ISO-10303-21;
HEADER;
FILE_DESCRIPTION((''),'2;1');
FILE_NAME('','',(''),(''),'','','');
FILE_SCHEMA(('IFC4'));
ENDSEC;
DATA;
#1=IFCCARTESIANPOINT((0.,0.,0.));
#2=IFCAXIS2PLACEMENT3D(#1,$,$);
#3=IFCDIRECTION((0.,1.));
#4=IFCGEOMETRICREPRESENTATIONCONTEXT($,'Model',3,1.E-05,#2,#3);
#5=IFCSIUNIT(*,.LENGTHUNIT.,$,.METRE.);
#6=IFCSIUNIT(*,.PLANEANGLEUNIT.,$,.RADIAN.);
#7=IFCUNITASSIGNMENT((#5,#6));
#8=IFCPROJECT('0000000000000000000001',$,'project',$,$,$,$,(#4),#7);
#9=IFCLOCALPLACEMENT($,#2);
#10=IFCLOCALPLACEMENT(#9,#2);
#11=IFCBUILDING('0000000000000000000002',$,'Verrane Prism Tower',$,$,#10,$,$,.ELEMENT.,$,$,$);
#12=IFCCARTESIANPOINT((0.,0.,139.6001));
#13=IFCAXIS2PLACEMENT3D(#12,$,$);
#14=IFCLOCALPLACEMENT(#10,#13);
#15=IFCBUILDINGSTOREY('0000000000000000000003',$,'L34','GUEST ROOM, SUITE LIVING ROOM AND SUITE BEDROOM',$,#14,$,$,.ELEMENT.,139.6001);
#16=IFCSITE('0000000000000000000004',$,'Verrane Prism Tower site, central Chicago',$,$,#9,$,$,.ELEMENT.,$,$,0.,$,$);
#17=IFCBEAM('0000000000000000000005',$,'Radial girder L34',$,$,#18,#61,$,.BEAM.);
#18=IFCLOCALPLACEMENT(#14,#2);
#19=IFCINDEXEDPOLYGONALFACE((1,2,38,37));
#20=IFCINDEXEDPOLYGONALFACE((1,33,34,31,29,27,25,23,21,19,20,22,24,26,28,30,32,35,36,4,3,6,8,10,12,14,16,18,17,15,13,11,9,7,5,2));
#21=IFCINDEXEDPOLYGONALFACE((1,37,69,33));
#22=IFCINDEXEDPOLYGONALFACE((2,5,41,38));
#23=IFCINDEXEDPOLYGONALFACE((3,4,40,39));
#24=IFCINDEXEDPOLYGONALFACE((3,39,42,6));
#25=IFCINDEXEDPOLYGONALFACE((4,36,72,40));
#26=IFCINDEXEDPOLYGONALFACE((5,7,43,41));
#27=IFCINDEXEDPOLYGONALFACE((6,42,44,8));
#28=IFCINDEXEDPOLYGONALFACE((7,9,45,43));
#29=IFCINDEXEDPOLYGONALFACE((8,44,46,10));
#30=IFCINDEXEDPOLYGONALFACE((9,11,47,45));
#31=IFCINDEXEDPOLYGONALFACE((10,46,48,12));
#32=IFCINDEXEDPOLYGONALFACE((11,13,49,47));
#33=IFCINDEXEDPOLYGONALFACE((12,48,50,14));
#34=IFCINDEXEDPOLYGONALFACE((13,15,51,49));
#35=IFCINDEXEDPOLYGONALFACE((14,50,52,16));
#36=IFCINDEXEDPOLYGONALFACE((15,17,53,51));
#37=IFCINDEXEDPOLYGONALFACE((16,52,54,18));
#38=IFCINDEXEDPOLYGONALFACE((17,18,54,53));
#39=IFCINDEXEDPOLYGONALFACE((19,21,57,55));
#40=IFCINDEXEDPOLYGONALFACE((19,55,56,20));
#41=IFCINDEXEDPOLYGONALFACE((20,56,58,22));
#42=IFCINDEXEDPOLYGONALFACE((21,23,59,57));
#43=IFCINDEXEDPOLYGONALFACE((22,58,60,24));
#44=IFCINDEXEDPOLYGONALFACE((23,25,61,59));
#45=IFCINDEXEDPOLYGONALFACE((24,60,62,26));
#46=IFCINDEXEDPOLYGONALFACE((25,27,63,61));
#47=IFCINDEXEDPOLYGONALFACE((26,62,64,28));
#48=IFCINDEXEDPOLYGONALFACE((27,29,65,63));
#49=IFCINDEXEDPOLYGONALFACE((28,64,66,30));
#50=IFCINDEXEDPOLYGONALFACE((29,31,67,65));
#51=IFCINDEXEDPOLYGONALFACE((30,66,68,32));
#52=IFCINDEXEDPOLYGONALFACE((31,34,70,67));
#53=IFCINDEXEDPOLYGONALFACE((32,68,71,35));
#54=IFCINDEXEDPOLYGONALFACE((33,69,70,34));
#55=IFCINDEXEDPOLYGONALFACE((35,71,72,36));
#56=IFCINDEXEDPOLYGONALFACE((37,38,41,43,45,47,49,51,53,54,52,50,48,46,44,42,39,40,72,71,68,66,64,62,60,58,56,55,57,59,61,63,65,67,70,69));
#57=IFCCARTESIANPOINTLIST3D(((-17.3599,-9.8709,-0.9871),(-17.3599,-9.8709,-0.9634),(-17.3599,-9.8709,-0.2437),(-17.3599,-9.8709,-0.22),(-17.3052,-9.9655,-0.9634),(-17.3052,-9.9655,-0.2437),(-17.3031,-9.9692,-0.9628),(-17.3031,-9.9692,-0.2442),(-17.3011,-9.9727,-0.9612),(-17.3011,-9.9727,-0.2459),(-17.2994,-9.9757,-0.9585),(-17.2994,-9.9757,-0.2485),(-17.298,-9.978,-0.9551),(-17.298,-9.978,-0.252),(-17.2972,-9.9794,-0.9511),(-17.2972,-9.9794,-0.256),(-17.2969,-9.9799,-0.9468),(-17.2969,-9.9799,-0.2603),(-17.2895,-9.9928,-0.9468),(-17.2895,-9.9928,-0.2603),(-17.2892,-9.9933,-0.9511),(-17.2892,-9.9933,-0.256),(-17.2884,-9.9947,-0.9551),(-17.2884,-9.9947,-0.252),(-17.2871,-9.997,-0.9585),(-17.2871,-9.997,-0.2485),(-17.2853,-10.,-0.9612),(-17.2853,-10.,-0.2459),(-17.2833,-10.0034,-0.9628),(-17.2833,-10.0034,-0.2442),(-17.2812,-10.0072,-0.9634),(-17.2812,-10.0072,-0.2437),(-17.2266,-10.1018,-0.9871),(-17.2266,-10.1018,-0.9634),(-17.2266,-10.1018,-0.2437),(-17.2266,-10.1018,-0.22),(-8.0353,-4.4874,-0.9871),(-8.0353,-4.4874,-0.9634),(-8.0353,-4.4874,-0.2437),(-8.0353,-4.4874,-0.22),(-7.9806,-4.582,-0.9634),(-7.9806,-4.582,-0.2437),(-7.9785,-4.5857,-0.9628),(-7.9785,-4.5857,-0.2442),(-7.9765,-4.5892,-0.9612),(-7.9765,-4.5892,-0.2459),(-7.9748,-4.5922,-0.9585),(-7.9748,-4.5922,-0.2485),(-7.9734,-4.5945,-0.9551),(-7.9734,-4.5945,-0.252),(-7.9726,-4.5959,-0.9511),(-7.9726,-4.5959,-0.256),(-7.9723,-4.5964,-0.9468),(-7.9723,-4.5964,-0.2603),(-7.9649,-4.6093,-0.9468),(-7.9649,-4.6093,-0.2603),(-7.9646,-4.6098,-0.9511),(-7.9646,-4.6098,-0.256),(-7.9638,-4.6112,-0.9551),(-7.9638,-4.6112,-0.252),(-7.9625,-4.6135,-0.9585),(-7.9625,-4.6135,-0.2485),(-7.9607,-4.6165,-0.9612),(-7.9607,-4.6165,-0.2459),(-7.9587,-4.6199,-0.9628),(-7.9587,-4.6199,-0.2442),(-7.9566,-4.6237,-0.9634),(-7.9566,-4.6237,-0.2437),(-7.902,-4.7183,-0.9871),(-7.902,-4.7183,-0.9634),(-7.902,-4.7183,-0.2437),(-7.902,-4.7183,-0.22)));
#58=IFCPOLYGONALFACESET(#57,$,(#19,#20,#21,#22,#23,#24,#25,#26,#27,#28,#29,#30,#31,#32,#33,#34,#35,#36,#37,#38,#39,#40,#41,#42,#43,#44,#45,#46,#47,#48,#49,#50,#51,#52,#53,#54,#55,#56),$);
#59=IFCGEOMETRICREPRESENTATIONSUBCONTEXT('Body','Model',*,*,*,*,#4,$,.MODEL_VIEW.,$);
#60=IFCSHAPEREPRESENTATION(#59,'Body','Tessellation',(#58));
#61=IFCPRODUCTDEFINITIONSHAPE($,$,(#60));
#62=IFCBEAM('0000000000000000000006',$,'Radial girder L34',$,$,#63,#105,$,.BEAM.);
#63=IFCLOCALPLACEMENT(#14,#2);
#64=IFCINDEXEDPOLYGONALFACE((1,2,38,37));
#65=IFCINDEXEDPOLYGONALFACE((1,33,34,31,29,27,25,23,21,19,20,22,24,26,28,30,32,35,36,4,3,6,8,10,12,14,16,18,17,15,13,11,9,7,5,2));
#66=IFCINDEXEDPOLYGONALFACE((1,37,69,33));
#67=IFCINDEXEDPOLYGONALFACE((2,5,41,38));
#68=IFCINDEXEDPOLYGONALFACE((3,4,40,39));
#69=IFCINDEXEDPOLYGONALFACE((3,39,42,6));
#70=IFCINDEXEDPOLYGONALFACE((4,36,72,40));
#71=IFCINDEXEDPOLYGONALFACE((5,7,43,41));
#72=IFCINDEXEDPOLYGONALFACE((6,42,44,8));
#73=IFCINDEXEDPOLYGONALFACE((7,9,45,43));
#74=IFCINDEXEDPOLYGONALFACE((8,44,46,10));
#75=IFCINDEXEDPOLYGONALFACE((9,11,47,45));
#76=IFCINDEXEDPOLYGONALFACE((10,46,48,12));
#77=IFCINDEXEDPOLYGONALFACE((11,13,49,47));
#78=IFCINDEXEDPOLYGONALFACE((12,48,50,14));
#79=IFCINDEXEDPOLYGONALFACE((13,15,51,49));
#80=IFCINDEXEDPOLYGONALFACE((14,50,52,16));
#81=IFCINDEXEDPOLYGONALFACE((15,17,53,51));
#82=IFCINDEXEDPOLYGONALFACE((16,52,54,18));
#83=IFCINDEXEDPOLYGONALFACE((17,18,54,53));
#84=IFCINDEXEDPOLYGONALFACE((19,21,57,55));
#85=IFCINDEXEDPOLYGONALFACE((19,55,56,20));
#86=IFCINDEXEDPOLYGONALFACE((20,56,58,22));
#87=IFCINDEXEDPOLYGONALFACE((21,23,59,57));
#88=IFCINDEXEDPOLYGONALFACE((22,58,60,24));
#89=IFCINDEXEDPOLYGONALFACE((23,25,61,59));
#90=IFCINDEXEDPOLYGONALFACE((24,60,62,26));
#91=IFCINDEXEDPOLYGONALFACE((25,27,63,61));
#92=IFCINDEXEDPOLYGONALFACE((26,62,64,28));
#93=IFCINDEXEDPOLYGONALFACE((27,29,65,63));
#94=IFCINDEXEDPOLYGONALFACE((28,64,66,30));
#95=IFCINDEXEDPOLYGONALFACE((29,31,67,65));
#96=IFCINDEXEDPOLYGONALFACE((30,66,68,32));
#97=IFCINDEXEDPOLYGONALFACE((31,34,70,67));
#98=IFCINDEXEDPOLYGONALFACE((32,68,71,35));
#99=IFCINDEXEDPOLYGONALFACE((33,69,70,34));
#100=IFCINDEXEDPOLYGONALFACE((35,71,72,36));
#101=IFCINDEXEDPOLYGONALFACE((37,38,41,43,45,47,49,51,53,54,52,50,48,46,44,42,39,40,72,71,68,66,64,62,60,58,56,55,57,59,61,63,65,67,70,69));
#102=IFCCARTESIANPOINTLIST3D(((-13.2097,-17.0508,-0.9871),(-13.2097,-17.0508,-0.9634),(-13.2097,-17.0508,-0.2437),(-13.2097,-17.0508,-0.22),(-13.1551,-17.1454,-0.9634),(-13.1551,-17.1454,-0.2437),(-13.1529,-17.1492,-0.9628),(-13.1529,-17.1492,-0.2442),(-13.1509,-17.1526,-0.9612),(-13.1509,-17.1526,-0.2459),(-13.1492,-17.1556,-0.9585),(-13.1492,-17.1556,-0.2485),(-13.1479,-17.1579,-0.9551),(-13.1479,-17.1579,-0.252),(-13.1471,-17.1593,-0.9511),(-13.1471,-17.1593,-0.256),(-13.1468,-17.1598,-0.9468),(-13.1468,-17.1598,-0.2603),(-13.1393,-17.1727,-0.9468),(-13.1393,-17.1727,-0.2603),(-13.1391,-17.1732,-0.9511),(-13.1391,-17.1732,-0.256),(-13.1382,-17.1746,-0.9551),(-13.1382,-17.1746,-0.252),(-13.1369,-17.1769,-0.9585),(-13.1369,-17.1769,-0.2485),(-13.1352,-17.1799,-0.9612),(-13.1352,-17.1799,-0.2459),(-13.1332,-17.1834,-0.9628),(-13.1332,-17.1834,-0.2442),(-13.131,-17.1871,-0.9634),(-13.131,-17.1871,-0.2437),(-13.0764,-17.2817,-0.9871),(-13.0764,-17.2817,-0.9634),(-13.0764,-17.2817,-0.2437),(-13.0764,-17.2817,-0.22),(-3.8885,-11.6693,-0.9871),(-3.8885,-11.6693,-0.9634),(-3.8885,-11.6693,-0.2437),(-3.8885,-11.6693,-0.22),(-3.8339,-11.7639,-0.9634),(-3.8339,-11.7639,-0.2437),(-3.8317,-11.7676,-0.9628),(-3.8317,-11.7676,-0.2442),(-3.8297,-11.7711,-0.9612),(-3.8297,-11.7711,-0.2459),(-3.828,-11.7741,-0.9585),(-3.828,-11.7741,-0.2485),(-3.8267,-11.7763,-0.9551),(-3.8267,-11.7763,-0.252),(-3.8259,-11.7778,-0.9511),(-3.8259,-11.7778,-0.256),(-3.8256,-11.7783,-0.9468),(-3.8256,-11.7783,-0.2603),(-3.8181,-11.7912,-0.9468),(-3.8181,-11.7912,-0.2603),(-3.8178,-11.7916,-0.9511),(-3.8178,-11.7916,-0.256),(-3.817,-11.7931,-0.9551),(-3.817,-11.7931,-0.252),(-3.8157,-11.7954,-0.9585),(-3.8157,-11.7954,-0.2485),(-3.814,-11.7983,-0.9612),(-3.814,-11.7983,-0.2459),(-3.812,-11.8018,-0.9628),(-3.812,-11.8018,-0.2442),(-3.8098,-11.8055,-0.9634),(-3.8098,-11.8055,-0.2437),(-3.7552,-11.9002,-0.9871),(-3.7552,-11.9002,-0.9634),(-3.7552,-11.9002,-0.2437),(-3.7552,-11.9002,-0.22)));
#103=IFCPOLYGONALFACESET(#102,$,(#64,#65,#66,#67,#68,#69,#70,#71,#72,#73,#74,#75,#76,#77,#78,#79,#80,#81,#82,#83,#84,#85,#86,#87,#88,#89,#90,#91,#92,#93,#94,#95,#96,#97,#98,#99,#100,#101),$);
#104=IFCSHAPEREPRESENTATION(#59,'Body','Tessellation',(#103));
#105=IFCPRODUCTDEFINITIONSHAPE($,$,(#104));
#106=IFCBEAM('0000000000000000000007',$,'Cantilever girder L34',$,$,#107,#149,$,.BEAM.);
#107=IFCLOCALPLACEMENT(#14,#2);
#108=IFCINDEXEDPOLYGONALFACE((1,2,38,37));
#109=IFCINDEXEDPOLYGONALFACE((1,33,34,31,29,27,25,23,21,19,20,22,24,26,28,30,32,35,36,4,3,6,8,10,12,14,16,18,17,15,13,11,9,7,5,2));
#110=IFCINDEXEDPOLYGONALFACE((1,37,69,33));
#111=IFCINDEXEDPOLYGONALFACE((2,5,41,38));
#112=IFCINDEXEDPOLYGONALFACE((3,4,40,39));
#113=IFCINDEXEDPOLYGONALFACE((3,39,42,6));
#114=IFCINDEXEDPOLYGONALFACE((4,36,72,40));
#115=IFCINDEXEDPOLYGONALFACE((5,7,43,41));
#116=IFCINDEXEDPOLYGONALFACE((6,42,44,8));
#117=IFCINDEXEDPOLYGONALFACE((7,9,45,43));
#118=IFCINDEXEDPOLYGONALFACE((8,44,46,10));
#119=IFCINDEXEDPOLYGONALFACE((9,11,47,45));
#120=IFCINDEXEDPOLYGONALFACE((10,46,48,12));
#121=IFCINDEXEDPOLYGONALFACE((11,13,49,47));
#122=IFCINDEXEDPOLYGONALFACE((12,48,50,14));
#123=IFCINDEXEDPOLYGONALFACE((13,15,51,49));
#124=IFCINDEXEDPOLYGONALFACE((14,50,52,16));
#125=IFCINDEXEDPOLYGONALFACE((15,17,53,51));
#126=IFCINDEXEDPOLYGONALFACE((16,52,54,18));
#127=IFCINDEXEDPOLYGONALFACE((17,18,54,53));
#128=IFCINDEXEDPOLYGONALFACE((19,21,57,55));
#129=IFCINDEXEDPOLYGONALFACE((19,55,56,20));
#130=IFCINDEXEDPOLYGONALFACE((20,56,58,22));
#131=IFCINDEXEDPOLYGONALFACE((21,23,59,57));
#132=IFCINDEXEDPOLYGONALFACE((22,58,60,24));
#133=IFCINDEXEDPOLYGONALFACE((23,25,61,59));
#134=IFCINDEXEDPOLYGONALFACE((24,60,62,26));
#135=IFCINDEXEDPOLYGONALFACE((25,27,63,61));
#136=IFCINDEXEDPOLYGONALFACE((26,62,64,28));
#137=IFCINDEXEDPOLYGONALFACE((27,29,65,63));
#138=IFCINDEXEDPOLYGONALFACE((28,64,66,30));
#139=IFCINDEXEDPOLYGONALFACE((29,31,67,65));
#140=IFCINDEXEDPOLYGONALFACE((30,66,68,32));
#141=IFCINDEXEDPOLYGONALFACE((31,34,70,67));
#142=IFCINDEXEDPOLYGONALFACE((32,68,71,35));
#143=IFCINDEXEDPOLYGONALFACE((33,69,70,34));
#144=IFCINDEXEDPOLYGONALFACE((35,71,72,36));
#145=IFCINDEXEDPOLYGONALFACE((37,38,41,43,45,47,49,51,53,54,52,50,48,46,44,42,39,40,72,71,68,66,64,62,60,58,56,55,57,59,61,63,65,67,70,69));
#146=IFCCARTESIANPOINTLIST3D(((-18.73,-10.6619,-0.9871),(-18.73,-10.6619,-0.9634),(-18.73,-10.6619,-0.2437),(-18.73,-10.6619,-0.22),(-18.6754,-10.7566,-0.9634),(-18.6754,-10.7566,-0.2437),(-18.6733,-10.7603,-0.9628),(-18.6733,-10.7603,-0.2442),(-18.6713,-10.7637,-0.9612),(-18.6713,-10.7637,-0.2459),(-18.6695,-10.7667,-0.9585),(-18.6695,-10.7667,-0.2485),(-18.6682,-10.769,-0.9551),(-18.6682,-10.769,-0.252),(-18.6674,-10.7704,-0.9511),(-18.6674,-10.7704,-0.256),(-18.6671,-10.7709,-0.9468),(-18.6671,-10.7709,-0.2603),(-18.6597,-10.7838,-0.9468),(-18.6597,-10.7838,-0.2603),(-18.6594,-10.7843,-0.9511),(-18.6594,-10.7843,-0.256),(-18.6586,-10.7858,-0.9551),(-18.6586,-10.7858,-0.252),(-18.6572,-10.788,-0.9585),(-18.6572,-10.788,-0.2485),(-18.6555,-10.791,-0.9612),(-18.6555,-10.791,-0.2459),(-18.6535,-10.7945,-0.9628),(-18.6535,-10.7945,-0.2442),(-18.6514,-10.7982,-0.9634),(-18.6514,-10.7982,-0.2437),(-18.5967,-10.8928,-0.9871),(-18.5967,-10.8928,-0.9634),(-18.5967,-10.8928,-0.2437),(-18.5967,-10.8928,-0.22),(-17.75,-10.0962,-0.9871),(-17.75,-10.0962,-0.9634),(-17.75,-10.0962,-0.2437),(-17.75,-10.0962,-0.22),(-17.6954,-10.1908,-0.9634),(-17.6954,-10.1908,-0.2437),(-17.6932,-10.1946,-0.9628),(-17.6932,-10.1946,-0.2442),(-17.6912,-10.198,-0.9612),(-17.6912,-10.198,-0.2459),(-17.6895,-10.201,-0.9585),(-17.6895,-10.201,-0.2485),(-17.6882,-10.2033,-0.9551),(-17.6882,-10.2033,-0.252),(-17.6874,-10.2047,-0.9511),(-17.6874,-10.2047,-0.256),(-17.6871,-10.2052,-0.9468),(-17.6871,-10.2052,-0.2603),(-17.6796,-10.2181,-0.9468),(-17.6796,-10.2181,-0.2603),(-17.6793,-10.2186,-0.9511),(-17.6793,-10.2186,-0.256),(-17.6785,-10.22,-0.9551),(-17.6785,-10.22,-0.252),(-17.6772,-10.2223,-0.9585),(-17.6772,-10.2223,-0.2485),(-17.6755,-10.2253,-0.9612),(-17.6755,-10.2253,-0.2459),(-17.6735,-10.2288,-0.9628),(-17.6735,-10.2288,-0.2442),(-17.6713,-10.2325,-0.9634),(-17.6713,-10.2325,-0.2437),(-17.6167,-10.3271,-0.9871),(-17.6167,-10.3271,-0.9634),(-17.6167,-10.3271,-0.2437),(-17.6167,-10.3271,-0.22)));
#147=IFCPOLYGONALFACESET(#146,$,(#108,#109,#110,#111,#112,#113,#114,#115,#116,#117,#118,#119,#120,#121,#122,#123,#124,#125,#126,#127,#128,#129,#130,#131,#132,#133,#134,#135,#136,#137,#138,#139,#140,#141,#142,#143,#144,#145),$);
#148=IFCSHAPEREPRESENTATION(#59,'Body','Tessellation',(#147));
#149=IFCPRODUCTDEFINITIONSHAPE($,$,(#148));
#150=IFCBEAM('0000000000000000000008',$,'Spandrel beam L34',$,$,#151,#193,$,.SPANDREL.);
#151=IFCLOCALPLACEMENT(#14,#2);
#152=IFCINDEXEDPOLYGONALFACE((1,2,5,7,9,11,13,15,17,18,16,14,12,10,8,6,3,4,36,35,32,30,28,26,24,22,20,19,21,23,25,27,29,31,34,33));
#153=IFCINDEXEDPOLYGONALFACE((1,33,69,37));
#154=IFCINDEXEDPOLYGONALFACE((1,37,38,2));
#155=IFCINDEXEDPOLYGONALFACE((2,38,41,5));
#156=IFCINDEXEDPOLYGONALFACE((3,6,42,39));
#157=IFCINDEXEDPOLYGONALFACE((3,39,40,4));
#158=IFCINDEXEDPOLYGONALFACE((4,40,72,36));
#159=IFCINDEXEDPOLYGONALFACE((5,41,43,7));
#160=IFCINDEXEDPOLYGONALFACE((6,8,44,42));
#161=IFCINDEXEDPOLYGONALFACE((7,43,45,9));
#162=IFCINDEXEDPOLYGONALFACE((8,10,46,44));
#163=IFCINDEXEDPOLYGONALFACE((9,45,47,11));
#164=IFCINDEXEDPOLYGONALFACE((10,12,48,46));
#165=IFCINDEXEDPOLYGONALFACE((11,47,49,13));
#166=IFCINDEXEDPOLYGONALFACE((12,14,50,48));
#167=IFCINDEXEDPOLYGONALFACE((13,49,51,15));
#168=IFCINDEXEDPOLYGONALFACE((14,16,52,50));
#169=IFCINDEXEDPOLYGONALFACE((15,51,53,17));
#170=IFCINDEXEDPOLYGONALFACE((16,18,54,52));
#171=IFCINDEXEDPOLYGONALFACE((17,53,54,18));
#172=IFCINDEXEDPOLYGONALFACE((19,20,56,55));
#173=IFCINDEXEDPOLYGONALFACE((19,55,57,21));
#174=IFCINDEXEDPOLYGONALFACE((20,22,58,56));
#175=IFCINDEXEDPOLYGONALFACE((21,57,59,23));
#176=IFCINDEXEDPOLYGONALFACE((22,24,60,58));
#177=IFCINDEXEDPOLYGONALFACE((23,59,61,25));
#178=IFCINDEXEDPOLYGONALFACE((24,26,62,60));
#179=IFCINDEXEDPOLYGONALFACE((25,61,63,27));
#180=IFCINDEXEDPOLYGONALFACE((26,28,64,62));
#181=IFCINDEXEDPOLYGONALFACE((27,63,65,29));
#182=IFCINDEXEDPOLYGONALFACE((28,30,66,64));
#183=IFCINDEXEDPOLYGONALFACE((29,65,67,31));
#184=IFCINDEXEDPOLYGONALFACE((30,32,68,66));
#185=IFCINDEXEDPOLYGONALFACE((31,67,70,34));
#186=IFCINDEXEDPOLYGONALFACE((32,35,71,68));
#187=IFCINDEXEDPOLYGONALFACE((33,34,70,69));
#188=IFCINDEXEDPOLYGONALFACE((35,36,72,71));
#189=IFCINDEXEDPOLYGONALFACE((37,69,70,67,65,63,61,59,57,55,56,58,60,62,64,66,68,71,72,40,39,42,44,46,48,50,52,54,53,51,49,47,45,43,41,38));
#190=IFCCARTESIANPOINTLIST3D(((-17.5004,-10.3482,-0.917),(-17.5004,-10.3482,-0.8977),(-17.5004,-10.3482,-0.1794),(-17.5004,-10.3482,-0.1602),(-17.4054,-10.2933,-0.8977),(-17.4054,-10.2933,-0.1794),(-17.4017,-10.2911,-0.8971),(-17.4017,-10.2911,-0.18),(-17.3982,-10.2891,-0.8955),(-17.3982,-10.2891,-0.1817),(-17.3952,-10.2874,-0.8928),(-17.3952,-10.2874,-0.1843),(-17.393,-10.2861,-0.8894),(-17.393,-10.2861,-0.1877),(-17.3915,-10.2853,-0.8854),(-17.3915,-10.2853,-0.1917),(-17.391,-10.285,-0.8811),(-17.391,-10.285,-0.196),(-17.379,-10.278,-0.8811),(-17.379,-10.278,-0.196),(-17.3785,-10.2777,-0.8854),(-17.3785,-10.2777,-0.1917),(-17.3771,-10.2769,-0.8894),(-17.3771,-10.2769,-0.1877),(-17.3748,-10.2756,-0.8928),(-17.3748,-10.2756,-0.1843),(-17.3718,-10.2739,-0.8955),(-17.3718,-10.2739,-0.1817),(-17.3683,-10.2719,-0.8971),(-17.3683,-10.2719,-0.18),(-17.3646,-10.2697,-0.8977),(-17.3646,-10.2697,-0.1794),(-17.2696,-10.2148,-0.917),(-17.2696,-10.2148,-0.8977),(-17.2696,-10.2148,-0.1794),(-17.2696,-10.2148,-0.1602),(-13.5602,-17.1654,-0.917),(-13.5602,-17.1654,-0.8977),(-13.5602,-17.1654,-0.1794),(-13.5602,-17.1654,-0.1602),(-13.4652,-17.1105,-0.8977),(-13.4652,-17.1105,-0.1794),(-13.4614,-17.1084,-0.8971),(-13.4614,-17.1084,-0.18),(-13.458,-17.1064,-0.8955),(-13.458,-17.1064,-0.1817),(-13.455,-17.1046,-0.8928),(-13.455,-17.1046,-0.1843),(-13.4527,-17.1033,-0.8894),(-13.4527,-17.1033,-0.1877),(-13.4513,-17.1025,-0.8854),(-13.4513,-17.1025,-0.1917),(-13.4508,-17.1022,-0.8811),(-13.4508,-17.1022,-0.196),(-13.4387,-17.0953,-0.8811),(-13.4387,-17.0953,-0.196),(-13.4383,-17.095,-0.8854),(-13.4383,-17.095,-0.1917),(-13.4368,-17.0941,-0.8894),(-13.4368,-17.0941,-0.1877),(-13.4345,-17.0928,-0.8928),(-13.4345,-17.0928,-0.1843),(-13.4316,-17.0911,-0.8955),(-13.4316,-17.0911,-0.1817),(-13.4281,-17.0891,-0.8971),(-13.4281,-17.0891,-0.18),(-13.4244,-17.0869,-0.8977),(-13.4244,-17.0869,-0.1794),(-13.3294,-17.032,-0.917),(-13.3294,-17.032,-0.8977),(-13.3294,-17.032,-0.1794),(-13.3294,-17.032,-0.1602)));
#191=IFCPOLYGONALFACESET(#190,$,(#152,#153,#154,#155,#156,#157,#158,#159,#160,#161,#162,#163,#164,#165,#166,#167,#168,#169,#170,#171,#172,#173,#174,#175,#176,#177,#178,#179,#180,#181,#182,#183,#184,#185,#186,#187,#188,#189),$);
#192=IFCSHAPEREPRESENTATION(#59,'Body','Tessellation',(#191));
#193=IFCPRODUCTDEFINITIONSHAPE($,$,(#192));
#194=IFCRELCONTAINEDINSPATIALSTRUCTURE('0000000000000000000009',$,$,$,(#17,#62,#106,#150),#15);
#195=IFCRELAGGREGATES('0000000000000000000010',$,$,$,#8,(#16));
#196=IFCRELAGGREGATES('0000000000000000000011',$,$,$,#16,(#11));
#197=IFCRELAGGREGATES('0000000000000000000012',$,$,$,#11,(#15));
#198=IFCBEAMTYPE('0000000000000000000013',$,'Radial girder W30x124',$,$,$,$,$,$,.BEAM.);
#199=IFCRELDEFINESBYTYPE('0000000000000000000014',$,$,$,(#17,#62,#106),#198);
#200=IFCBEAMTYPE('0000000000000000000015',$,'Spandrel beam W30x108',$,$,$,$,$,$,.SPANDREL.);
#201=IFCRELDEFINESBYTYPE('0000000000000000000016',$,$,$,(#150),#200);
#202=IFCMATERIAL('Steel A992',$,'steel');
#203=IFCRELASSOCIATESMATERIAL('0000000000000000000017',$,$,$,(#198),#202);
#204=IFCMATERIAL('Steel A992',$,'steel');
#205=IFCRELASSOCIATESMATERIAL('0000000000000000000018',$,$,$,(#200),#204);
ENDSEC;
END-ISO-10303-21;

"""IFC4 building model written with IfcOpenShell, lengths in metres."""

from ifc_helpers import new_model, si_unit, direction, frame, origin, origin_2d, place, context, subcontext, project, spatial, i_section, extrude, material, material_profile, profile_set, type_object, element, save


model = new_model("IFC4")

# Units and contexts
model_context = context("Model", 3, precision=1e-05, world=origin(), true_north=direction((0.0, 1.0)))
body_context = subcontext(model_context, "Body", "Model", "MODEL_VIEW")
ifc_project = project(units=[si_unit("LENGTHUNIT", "METRE"), si_unit("PLANEANGLEUNIT", "RADIAN")], contexts=[model_context])

# Site, building, storey
site_placement = place(None, origin())
site = spatial("IfcSite", under=ifc_project, at=site_placement, Name="Verrane Prism Tower site, central Chicago", CompositionType="ELEMENT", RefElevation=0.0)
building_placement = place(site_placement, origin())
building = spatial("IfcBuilding", under=site, at=building_placement, Name="Verrane Prism Tower", CompositionType="ELEMENT")
storey_placement = place(building_placement, frame((0.0, 0.0, 139.6001)))
storey = spatial("IfcBuildingStorey", under=building, at=storey_placement, Name="L34", Description="GUEST ROOM, SUITE LIVING ROOM AND SUITE BEDROOM", CompositionType="ELEMENT", Elevation=139.6001)

# Beams
ifc_material_1 = material(Name="Steel A992", Category="steel")
ifc_material_profile_1 = material_profile(ifc_material_1, i_section(OverallWidth=0.2666, OverallDepth=0.7671, WebThickness=0.0149, FlangeThickness=0.0237, FilletRadius=0.0166, at=origin_2d()), Name="W30x124")
ifc_profile_set_1 = profile_set([ifc_material_profile_1], Name="Steel A992")
beam_type_1 = type_object("IfcBeamType", Name="Radial girder W30x124", PredefinedType="BEAM", material=ifc_profile_set_1)
beam_1_placement = place(storey_placement, frame((-17.2932, -9.9863, -0.6035), z_axis=(0.866029, 0.499995, 0.0), x_axis=(-0.499995, 0.866029, 0.0)))
element("IfcBeam", 1, at=beam_1_placement, inside=storey, type_object=beam_type_1, Name="Radial girder L34", PredefinedType="BEAM", context=body_context, shape_type="SweptSolid", body=[
    extrude(i_section(OverallWidth=0.2666, OverallDepth=0.7671, WebThickness=0.0149, FlangeThickness=0.0237, FilletRadius=0.0166, at=origin_2d()), origin(), (0.0, 0.0, 1.0), 10.7671),
])
beam_2_placement = place(storey_placement, frame((-13.1431, -17.1663, -0.6035), z_axis=(0.866028, 0.499996, 0.0), x_axis=(-0.499996, 0.866028, 0.0)))
element("IfcBeam", 2, at=beam_2_placement, inside=storey, type_object=beam_type_1, Name="Radial girder L34", PredefinedType="BEAM", context=body_context, shape_type="SweptSolid", body=[
    extrude(i_section(OverallWidth=0.2666, OverallDepth=0.7671, WebThickness=0.0149, FlangeThickness=0.0237, FilletRadius=0.0166, at=origin_2d()), origin(), (0.0, 0.0, 1.0), 10.7632),
])
beam_3_placement = place(storey_placement, frame((-17.6833, -10.2117, -0.6035), z_axis=(-0.866071, -0.499922, 0.0), x_axis=(0.499922, -0.866071, 0.0)))
element("IfcBeam", 3, at=beam_3_placement, inside=storey, type_object=beam_type_1, Name="Cantilever girder L34", PredefinedType="BEAM", context=body_context, shape_type="SweptSolid", body=[
    extrude(i_section(OverallWidth=0.2666, OverallDepth=0.7671, WebThickness=0.0149, FlangeThickness=0.0237, FilletRadius=0.0166, at=origin_2d()), origin(), (0.0, 0.0, 1.0), 1.1316),
])
ifc_material_2 = material(Name="Steel A992", Category="steel")
ifc_material_profile_2 = material_profile(ifc_material_2, i_section(OverallWidth=0.2666, OverallDepth=0.7568, WebThickness=0.0139, FlangeThickness=0.0193, FilletRadius=0.0166, at=origin_2d()), Name="W30x108")
ifc_profile_set_2 = profile_set([ifc_material_profile_2], Name="Steel A992")
beam_type_2 = type_object("IfcBeamType", Name="Spandrel beam W30x108", PredefinedType="SPANDREL", material=ifc_profile_set_2)
for number, where, z_axis, x_axis, name in (
    (4, (-17.385, -10.2815, -0.5386), (0.50041, -0.865788, 0.0), (0.865788, 0.50041, 0.0), "Spandrel beam L34"),
):
    element("IfcBeam", number, at=place(storey_placement, frame(where, z_axis=z_axis, x_axis=x_axis)), inside=storey, type_object=beam_type_2, Name=name, PredefinedType="SPANDREL", context=body_context, shape_type="SweptSolid", body=[
        extrude(i_section(OverallWidth=0.2666, OverallDepth=0.7568, WebThickness=0.0139, FlangeThickness=0.0193, FilletRadius=0.0166, at=origin_2d()), origin(), (0.0, 0.0, 1.0), 7.874),
    ])

save(model, "model.ifc")
